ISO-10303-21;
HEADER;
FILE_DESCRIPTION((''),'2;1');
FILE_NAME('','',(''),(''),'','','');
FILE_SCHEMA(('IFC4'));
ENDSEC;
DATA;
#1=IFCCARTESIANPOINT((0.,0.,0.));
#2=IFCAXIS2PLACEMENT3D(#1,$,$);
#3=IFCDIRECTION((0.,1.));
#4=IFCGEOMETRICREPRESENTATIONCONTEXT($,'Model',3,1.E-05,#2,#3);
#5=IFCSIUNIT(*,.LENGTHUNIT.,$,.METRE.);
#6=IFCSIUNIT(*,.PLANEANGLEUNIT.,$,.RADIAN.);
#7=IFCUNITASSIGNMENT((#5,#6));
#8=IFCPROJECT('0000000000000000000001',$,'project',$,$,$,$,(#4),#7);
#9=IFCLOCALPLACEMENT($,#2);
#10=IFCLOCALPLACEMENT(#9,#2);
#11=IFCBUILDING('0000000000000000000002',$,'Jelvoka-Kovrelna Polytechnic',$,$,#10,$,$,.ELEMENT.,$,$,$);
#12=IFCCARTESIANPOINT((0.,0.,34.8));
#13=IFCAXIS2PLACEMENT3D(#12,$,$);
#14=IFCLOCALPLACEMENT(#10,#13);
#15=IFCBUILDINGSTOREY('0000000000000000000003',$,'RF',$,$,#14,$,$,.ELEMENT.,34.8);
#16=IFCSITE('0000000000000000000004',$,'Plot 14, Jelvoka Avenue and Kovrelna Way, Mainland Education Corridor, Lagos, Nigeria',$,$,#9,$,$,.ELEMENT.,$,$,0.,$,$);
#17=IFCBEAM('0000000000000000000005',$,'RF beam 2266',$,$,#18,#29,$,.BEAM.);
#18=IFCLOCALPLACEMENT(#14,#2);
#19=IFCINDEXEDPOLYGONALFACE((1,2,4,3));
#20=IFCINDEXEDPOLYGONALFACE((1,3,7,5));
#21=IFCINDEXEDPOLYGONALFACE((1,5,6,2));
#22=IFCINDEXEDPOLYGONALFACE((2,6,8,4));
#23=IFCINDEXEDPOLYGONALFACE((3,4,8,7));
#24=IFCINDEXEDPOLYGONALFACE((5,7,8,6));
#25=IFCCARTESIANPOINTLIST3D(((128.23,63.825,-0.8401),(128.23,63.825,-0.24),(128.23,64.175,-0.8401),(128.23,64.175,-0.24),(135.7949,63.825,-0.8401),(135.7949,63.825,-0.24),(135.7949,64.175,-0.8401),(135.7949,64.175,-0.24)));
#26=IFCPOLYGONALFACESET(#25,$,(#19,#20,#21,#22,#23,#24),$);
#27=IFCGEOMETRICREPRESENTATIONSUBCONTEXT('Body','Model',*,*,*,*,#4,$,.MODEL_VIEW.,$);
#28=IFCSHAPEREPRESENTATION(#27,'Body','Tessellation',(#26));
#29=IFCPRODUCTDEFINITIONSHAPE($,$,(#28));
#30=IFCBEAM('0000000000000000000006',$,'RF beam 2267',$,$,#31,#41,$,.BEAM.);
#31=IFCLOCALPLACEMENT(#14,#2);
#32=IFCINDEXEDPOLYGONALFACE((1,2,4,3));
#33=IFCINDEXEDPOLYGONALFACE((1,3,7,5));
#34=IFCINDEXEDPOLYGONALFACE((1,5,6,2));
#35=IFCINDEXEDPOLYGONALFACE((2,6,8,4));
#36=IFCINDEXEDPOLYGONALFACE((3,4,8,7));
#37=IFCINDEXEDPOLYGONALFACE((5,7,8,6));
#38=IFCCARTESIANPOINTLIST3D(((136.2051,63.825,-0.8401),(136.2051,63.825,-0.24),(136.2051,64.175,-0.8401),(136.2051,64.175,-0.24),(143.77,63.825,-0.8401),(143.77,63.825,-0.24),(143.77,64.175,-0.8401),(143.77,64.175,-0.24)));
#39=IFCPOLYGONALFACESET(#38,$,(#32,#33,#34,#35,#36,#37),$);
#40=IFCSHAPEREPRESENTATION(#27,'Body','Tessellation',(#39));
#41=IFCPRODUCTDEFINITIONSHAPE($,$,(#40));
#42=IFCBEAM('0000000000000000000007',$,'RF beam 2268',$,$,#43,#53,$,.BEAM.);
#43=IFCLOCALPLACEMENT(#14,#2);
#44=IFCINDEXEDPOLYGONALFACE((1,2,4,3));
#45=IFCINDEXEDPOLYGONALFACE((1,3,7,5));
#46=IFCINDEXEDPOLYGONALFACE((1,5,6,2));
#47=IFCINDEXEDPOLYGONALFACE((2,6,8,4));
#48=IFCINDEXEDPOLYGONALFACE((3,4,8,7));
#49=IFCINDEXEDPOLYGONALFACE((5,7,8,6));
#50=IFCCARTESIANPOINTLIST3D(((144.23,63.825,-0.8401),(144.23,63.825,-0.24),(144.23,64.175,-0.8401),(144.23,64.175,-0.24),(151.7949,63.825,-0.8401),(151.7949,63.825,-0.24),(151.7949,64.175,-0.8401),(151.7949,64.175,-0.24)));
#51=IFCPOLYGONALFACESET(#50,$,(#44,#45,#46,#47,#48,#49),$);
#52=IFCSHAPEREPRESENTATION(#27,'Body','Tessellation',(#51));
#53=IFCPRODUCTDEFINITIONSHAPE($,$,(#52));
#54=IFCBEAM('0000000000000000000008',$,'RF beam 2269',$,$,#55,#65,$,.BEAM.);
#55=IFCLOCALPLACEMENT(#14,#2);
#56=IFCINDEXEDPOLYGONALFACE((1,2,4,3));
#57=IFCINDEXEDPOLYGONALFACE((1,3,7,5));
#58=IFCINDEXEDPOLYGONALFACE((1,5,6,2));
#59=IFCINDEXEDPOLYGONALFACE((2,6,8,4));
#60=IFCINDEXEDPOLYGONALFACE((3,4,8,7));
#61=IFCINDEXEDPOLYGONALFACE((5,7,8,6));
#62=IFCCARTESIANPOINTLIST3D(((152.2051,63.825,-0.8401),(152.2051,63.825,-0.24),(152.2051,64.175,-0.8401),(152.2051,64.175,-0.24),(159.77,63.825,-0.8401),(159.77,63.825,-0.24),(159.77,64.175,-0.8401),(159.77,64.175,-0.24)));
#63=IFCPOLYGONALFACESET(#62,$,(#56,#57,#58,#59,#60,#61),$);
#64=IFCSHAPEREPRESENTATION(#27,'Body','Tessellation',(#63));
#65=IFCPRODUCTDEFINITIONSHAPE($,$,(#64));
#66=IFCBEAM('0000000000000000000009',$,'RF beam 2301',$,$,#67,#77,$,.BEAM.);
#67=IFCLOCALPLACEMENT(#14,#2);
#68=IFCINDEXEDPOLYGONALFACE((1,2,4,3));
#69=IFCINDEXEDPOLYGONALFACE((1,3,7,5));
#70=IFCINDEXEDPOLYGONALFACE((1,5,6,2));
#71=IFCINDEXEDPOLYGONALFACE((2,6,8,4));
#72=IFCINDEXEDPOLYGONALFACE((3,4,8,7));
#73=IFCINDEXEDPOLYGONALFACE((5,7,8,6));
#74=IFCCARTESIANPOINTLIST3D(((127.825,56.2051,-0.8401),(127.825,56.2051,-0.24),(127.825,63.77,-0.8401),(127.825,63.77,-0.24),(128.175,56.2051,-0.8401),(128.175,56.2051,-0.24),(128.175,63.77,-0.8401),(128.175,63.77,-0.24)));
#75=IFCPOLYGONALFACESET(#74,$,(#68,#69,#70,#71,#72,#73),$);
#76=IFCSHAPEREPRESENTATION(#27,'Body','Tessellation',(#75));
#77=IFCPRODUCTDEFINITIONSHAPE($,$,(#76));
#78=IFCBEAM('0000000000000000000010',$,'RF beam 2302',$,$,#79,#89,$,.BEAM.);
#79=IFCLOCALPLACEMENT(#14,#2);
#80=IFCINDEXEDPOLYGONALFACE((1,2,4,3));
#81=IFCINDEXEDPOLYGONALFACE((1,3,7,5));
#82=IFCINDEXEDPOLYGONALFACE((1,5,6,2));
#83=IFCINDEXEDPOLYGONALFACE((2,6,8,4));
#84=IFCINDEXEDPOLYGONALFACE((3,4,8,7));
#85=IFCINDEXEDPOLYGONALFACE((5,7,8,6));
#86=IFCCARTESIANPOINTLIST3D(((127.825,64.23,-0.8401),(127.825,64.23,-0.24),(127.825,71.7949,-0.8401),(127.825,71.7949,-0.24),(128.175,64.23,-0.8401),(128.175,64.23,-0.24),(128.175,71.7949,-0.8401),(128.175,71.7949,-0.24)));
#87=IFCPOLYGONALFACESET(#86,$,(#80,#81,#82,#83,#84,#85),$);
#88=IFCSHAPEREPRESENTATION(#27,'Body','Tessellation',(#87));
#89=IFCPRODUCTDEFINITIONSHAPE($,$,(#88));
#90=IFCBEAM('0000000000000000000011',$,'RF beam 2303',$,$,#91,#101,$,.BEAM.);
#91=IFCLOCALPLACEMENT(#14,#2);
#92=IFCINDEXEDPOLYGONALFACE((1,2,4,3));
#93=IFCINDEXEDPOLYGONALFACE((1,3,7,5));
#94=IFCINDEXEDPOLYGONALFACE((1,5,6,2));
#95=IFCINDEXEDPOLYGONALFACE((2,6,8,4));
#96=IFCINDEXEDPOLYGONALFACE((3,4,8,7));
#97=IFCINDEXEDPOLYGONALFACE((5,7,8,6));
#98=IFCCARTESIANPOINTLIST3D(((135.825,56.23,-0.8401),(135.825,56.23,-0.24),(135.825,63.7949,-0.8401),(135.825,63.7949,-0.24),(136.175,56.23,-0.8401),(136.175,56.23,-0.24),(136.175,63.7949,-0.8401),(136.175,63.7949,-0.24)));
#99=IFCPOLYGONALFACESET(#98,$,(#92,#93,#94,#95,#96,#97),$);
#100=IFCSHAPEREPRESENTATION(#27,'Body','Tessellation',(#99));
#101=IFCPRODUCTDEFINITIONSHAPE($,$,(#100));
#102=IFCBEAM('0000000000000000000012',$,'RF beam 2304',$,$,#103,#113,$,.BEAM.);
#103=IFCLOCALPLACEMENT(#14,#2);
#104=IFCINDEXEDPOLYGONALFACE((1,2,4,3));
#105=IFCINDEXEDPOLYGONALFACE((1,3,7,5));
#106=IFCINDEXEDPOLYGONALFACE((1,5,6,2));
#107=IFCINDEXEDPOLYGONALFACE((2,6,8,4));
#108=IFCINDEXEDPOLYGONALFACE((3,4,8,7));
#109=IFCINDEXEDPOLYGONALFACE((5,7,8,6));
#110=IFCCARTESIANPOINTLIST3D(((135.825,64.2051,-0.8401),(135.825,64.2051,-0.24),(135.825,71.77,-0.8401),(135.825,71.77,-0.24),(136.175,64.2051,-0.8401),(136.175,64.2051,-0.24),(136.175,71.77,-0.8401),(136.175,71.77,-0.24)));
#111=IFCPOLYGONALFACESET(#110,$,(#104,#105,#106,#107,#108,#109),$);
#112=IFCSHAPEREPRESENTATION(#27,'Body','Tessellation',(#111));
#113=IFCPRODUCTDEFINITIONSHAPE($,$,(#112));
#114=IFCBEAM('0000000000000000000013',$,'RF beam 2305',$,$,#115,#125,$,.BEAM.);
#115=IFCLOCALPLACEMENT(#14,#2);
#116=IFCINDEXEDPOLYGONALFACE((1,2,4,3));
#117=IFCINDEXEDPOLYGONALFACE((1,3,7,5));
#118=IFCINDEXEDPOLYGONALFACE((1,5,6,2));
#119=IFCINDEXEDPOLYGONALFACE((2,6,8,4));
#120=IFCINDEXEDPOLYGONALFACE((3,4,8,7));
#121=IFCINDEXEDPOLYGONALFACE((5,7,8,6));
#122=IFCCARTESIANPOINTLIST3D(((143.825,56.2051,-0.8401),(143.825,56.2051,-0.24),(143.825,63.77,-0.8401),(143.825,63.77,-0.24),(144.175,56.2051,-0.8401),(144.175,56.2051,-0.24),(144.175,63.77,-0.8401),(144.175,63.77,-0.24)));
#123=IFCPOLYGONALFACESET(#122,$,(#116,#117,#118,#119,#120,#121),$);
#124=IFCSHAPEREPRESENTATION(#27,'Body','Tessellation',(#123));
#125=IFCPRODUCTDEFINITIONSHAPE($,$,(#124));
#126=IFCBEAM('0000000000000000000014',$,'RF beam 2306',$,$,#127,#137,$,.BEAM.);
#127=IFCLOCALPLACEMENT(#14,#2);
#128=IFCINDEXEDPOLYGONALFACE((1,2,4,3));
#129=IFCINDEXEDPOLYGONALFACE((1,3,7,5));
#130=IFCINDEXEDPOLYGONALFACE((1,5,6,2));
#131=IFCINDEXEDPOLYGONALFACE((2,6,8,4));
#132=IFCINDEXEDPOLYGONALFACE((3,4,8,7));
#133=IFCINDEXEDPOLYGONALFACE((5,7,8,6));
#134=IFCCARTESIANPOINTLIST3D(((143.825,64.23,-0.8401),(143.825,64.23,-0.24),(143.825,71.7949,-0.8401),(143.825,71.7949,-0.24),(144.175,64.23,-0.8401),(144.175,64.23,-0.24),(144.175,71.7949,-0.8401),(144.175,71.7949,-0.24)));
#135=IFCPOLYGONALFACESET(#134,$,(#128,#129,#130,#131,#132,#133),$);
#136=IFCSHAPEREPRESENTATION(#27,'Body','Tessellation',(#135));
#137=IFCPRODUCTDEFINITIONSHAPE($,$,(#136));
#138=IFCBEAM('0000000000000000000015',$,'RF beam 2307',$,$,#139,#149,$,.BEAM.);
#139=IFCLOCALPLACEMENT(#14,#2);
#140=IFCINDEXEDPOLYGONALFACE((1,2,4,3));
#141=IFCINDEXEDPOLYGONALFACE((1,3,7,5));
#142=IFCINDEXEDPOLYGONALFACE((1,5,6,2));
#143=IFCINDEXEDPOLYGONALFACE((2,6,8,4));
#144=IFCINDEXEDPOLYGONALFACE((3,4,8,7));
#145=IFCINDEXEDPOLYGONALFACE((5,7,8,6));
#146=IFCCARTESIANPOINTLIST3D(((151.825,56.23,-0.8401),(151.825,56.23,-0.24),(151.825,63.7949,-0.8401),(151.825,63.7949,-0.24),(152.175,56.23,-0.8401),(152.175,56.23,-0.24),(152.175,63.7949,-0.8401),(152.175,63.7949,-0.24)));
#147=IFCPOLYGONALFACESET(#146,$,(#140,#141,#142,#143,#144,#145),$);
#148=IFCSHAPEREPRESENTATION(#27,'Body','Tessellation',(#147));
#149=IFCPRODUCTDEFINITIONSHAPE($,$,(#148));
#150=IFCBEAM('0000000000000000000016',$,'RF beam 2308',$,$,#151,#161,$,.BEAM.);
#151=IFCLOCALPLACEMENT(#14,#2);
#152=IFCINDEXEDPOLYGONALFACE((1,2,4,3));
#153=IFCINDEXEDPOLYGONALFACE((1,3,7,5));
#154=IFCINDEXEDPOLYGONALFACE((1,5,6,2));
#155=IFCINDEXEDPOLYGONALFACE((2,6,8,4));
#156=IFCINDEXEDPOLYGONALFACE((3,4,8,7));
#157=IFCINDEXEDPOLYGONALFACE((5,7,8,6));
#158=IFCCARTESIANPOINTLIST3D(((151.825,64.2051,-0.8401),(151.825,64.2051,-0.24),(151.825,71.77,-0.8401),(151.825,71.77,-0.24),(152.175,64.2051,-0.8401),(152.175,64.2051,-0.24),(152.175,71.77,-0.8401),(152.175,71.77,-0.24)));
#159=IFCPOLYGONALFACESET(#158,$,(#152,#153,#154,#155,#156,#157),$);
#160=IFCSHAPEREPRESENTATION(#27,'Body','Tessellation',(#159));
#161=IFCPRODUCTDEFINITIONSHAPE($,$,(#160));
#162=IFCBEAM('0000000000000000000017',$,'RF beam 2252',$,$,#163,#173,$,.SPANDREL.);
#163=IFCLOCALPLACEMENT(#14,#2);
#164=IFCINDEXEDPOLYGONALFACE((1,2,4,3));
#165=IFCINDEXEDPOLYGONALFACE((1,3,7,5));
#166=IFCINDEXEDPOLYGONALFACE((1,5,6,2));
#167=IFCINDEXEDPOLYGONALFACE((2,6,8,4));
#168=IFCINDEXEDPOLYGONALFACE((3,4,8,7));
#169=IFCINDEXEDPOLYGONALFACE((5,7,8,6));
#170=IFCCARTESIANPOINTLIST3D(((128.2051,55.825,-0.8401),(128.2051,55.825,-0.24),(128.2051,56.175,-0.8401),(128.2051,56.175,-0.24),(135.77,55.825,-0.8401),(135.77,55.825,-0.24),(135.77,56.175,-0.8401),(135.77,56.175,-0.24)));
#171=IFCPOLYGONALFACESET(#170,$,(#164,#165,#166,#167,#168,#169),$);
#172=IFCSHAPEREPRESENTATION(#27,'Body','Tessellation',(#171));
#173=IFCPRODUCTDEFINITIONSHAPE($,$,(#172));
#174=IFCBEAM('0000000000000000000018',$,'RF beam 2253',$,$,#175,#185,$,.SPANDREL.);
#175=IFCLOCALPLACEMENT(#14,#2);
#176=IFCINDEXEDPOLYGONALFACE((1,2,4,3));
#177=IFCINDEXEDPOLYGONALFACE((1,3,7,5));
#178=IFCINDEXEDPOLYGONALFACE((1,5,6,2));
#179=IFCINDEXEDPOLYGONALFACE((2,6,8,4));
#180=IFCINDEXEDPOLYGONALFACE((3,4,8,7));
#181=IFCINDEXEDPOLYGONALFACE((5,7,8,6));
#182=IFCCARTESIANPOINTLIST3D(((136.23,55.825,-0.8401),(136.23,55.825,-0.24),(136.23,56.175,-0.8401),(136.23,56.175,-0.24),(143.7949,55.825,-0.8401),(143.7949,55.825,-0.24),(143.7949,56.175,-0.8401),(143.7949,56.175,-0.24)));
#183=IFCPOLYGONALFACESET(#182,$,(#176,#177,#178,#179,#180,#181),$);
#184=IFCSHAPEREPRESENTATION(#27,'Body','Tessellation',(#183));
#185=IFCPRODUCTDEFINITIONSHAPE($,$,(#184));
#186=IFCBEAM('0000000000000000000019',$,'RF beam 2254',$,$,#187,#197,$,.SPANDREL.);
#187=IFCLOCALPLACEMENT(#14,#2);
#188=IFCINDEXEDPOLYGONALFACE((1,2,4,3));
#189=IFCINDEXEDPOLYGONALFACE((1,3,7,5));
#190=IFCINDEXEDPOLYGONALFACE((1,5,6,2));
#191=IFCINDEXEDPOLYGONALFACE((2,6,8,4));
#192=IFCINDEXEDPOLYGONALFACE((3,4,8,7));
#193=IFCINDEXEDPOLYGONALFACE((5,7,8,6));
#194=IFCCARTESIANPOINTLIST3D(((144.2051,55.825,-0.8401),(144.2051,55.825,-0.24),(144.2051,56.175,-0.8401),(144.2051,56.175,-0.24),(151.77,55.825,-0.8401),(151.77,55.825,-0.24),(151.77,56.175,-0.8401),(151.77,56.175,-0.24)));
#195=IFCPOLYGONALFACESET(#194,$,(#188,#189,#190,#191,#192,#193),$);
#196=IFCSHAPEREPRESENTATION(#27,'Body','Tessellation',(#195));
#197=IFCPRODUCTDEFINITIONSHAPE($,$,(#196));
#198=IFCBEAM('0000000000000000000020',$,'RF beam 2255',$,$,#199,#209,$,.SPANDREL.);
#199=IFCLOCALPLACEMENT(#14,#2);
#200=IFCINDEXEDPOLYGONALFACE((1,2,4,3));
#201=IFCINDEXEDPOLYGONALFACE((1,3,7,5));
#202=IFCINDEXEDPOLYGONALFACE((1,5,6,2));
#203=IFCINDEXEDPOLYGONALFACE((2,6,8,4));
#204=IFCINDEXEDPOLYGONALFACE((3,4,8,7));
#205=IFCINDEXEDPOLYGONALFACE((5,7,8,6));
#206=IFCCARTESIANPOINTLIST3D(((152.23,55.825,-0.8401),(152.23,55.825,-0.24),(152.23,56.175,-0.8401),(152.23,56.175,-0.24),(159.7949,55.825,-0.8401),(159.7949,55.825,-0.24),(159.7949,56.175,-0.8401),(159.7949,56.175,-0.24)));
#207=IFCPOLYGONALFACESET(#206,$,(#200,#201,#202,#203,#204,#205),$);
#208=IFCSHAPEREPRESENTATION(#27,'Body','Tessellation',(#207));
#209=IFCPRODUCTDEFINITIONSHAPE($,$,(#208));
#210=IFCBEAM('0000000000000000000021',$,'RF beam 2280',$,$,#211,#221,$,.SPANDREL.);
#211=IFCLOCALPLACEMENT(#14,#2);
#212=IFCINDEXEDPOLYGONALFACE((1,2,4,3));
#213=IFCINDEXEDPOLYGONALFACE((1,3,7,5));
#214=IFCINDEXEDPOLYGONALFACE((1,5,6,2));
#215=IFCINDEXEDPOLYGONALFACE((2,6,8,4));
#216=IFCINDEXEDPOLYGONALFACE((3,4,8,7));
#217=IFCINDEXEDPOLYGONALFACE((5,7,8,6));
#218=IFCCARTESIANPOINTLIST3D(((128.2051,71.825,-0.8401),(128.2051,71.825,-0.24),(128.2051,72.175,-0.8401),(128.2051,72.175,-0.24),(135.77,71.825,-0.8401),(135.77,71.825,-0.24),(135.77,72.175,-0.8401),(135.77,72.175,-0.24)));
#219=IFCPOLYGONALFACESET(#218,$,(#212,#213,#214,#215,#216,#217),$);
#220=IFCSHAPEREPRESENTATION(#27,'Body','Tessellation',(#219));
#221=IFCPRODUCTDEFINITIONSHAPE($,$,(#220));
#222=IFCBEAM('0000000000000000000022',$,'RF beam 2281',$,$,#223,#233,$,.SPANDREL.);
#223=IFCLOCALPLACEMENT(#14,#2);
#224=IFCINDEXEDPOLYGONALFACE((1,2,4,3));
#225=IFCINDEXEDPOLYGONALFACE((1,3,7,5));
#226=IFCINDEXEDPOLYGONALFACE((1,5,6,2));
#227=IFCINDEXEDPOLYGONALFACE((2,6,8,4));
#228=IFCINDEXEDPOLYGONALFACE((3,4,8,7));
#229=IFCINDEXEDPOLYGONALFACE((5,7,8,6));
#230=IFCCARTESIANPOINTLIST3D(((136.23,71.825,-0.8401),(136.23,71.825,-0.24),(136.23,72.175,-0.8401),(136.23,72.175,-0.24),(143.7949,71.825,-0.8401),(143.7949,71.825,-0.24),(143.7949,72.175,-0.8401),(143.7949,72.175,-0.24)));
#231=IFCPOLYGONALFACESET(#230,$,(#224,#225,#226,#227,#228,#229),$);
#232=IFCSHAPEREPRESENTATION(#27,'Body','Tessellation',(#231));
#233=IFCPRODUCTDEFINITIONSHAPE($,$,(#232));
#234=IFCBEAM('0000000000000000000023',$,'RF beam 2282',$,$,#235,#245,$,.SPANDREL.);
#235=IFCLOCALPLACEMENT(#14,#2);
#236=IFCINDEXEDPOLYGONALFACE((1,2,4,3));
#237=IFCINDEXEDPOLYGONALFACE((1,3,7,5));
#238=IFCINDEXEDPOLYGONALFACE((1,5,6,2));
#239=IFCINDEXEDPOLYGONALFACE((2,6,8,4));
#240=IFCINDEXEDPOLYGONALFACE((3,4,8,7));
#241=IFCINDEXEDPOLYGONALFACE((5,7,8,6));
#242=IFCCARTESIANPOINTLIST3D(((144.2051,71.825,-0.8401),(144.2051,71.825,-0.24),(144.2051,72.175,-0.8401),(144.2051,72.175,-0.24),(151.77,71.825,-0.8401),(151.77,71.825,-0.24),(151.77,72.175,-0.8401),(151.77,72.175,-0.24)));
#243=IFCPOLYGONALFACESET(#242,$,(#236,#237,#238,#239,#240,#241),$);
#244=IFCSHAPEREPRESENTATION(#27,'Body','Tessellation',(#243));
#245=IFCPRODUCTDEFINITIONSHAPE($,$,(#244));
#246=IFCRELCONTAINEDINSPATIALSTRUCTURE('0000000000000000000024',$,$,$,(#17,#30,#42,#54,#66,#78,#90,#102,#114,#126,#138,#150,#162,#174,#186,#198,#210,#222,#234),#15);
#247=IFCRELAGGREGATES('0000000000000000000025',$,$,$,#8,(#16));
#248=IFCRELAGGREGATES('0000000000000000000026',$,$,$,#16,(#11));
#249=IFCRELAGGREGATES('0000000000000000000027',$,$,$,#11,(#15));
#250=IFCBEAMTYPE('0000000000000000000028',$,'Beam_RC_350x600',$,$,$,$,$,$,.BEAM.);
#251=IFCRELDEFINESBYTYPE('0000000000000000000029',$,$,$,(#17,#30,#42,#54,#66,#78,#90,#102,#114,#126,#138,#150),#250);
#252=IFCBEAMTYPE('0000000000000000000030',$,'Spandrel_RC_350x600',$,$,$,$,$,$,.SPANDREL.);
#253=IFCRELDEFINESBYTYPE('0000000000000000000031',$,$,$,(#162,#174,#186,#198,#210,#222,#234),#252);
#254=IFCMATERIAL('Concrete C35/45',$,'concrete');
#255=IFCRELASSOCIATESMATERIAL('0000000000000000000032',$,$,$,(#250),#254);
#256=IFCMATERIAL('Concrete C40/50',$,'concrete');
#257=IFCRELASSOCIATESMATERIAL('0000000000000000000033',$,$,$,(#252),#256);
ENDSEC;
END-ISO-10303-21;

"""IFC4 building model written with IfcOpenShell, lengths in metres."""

from ifc_helpers import new_model, si_unit, direction, frame, origin, origin_2d, place, context, subcontext, project, spatial, rectangle, extrude, material, material_profile, profile_set, type_object, element, save


model = new_model("IFC4")

# Units and contexts
model_context = context("Model", 3, precision=1e-05, world=origin(), true_north=direction((0.0, 1.0)))
body_context = subcontext(model_context, "Body", "Model", "MODEL_VIEW")
ifc_project = project(units=[si_unit("LENGTHUNIT", "METRE"), si_unit("PLANEANGLEUNIT", "RADIAN")], contexts=[model_context])

# Site, building, storey
site_placement = place(None, origin())
site = spatial("IfcSite", under=ifc_project, at=site_placement, Name="Plot 14, Jelvoka Avenue and Kovrelna Way, Mainland Education Corridor, Lagos, Nigeria", CompositionType="ELEMENT", RefElevation=0.0)
building_placement = place(site_placement, origin())
building = spatial("IfcBuilding", under=site, at=building_placement, Name="Jelvoka-Kovrelna Polytechnic", CompositionType="ELEMENT")
storey_placement = place(building_placement, frame((0.0, 0.0, 34.8)))
storey = spatial("IfcBuildingStorey", under=building, at=storey_placement, Name="RF", CompositionType="ELEMENT", Elevation=34.8)

# Beams
ifc_material_1 = material(Name="Concrete C35/45", Category="concrete")
ifc_material_profile_1 = material_profile(ifc_material_1, rectangle(XDim=0.3501, YDim=0.6001, at=origin_2d()), Name="RC 350x600")
ifc_profile_set_1 = profile_set([ifc_material_profile_1], Name="Concrete C35/45")
beam_type_1 = type_object("IfcBeamType", Name="Beam_RC_350x600", PredefinedType="BEAM", material=ifc_profile_set_1)
for number, where, z_axis, x_axis, name in (
    (1, (128.23, 64.0, -0.54), (1.0, 0.0, 0.0), (0.0, 1.0, 0.0), "RF beam 2266"),
    (2, (136.2051, 64.0, -0.54), (1.0, 0.0, 0.0), (0.0, 1.0, 0.0), "RF beam 2267"),
    (3, (144.23, 64.0, -0.54), (1.0, 0.0, 0.0), (0.0, 1.0, 0.0), "RF beam 2268"),
    (4, (152.2051, 64.0, -0.54), (1.0, 0.0, 0.0), (0.0, 1.0, 0.0), "RF beam 2269"),
    (5, (128.0, 56.2051, -0.54), (0.0, 1.0, 0.0), (-1.0, 0.0, 0.0), "RF beam 2301"),
    (6, (128.0, 64.23, -0.54), (0.0, 1.0, 0.0), (-1.0, 0.0, 0.0), "RF beam 2302"),
    (7, (136.0, 56.23, -0.54), (0.0, 1.0, 0.0), (-1.0, 0.0, 0.0), "RF beam 2303"),
    (8, (136.0, 64.2051, -0.54), (0.0, 1.0, 0.0), (-1.0, 0.0, 0.0), "RF beam 2304"),
    (9, (144.0, 56.2051, -0.54), (0.0, 1.0, 0.0), (-1.0, 0.0, 0.0), "RF beam 2305"),
    (10, (144.0, 64.23, -0.54), (0.0, 1.0, 0.0), (-1.0, 0.0, 0.0), "RF beam 2306"),
    (11, (152.0, 56.23, -0.54), (0.0, 1.0, 0.0), (-1.0, 0.0, 0.0), "RF beam 2307"),
    (12, (152.0, 64.2051, -0.54), (0.0, 1.0, 0.0), (-1.0, 0.0, 0.0), "RF beam 2308"),
):
    element("IfcBeam", number, at=place(storey_placement, frame(where, z_axis=z_axis, x_axis=x_axis)), inside=storey, type_object=beam_type_1, Name=name, PredefinedType="BEAM", context=body_context, shape_type="SweptSolid", body=[
        extrude(rectangle(XDim=0.3501, YDim=0.6001, at=origin_2d()), origin(), (0.0, 0.0, 1.0), 7.5649),
    ])
ifc_material_2 = material(Name="Concrete C40/50", Category="concrete")
ifc_material_profile_2 = material_profile(ifc_material_2, rectangle(XDim=0.3501, YDim=0.6001, at=origin_2d()), Name="RC 350x600")
ifc_profile_set_2 = profile_set([ifc_material_profile_2], Name="Concrete C40/50")
beam_type_2 = type_object("IfcBeamType", Name="Spandrel_RC_350x600", PredefinedType="SPANDREL", material=ifc_profile_set_2)
for number, where, z_axis, x_axis, name in (
    (13, (128.2051, 56.0, -0.54), (1.0, 0.0, 0.0), (0.0, 1.0, 0.0), "RF beam 2252"),
    (14, (136.23, 56.0, -0.54), (1.0, 0.0, 0.0), (0.0, 1.0, 0.0), "RF beam 2253"),
    (15, (144.2051, 56.0, -0.54), (1.0, 0.0, 0.0), (0.0, 1.0, 0.0), "RF beam 2254"),
    (16, (152.23, 56.0, -0.54), (1.0, 0.0, 0.0), (0.0, 1.0, 0.0), "RF beam 2255"),
    (17, (128.2051, 72.0, -0.54), (1.0, 0.0, 0.0), (0.0, 1.0, 0.0), "RF beam 2280"),
    (18, (136.23, 72.0, -0.54), (1.0, 0.0, 0.0), (0.0, 1.0, 0.0), "RF beam 2281"),
    (19, (144.2051, 72.0, -0.54), (1.0, 0.0, 0.0), (0.0, 1.0, 0.0), "RF beam 2282"),
):
    element("IfcBeam", number, at=place(storey_placement, frame(where, z_axis=z_axis, x_axis=x_axis)), inside=storey, type_object=beam_type_2, Name=name, PredefinedType="SPANDREL", context=body_context, shape_type="SweptSolid", body=[
        extrude(rectangle(XDim=0.3501, YDim=0.6001, at=origin_2d()), origin(), (0.0, 0.0, 1.0), 7.5649),
    ])

save(model, "model.ifc")
